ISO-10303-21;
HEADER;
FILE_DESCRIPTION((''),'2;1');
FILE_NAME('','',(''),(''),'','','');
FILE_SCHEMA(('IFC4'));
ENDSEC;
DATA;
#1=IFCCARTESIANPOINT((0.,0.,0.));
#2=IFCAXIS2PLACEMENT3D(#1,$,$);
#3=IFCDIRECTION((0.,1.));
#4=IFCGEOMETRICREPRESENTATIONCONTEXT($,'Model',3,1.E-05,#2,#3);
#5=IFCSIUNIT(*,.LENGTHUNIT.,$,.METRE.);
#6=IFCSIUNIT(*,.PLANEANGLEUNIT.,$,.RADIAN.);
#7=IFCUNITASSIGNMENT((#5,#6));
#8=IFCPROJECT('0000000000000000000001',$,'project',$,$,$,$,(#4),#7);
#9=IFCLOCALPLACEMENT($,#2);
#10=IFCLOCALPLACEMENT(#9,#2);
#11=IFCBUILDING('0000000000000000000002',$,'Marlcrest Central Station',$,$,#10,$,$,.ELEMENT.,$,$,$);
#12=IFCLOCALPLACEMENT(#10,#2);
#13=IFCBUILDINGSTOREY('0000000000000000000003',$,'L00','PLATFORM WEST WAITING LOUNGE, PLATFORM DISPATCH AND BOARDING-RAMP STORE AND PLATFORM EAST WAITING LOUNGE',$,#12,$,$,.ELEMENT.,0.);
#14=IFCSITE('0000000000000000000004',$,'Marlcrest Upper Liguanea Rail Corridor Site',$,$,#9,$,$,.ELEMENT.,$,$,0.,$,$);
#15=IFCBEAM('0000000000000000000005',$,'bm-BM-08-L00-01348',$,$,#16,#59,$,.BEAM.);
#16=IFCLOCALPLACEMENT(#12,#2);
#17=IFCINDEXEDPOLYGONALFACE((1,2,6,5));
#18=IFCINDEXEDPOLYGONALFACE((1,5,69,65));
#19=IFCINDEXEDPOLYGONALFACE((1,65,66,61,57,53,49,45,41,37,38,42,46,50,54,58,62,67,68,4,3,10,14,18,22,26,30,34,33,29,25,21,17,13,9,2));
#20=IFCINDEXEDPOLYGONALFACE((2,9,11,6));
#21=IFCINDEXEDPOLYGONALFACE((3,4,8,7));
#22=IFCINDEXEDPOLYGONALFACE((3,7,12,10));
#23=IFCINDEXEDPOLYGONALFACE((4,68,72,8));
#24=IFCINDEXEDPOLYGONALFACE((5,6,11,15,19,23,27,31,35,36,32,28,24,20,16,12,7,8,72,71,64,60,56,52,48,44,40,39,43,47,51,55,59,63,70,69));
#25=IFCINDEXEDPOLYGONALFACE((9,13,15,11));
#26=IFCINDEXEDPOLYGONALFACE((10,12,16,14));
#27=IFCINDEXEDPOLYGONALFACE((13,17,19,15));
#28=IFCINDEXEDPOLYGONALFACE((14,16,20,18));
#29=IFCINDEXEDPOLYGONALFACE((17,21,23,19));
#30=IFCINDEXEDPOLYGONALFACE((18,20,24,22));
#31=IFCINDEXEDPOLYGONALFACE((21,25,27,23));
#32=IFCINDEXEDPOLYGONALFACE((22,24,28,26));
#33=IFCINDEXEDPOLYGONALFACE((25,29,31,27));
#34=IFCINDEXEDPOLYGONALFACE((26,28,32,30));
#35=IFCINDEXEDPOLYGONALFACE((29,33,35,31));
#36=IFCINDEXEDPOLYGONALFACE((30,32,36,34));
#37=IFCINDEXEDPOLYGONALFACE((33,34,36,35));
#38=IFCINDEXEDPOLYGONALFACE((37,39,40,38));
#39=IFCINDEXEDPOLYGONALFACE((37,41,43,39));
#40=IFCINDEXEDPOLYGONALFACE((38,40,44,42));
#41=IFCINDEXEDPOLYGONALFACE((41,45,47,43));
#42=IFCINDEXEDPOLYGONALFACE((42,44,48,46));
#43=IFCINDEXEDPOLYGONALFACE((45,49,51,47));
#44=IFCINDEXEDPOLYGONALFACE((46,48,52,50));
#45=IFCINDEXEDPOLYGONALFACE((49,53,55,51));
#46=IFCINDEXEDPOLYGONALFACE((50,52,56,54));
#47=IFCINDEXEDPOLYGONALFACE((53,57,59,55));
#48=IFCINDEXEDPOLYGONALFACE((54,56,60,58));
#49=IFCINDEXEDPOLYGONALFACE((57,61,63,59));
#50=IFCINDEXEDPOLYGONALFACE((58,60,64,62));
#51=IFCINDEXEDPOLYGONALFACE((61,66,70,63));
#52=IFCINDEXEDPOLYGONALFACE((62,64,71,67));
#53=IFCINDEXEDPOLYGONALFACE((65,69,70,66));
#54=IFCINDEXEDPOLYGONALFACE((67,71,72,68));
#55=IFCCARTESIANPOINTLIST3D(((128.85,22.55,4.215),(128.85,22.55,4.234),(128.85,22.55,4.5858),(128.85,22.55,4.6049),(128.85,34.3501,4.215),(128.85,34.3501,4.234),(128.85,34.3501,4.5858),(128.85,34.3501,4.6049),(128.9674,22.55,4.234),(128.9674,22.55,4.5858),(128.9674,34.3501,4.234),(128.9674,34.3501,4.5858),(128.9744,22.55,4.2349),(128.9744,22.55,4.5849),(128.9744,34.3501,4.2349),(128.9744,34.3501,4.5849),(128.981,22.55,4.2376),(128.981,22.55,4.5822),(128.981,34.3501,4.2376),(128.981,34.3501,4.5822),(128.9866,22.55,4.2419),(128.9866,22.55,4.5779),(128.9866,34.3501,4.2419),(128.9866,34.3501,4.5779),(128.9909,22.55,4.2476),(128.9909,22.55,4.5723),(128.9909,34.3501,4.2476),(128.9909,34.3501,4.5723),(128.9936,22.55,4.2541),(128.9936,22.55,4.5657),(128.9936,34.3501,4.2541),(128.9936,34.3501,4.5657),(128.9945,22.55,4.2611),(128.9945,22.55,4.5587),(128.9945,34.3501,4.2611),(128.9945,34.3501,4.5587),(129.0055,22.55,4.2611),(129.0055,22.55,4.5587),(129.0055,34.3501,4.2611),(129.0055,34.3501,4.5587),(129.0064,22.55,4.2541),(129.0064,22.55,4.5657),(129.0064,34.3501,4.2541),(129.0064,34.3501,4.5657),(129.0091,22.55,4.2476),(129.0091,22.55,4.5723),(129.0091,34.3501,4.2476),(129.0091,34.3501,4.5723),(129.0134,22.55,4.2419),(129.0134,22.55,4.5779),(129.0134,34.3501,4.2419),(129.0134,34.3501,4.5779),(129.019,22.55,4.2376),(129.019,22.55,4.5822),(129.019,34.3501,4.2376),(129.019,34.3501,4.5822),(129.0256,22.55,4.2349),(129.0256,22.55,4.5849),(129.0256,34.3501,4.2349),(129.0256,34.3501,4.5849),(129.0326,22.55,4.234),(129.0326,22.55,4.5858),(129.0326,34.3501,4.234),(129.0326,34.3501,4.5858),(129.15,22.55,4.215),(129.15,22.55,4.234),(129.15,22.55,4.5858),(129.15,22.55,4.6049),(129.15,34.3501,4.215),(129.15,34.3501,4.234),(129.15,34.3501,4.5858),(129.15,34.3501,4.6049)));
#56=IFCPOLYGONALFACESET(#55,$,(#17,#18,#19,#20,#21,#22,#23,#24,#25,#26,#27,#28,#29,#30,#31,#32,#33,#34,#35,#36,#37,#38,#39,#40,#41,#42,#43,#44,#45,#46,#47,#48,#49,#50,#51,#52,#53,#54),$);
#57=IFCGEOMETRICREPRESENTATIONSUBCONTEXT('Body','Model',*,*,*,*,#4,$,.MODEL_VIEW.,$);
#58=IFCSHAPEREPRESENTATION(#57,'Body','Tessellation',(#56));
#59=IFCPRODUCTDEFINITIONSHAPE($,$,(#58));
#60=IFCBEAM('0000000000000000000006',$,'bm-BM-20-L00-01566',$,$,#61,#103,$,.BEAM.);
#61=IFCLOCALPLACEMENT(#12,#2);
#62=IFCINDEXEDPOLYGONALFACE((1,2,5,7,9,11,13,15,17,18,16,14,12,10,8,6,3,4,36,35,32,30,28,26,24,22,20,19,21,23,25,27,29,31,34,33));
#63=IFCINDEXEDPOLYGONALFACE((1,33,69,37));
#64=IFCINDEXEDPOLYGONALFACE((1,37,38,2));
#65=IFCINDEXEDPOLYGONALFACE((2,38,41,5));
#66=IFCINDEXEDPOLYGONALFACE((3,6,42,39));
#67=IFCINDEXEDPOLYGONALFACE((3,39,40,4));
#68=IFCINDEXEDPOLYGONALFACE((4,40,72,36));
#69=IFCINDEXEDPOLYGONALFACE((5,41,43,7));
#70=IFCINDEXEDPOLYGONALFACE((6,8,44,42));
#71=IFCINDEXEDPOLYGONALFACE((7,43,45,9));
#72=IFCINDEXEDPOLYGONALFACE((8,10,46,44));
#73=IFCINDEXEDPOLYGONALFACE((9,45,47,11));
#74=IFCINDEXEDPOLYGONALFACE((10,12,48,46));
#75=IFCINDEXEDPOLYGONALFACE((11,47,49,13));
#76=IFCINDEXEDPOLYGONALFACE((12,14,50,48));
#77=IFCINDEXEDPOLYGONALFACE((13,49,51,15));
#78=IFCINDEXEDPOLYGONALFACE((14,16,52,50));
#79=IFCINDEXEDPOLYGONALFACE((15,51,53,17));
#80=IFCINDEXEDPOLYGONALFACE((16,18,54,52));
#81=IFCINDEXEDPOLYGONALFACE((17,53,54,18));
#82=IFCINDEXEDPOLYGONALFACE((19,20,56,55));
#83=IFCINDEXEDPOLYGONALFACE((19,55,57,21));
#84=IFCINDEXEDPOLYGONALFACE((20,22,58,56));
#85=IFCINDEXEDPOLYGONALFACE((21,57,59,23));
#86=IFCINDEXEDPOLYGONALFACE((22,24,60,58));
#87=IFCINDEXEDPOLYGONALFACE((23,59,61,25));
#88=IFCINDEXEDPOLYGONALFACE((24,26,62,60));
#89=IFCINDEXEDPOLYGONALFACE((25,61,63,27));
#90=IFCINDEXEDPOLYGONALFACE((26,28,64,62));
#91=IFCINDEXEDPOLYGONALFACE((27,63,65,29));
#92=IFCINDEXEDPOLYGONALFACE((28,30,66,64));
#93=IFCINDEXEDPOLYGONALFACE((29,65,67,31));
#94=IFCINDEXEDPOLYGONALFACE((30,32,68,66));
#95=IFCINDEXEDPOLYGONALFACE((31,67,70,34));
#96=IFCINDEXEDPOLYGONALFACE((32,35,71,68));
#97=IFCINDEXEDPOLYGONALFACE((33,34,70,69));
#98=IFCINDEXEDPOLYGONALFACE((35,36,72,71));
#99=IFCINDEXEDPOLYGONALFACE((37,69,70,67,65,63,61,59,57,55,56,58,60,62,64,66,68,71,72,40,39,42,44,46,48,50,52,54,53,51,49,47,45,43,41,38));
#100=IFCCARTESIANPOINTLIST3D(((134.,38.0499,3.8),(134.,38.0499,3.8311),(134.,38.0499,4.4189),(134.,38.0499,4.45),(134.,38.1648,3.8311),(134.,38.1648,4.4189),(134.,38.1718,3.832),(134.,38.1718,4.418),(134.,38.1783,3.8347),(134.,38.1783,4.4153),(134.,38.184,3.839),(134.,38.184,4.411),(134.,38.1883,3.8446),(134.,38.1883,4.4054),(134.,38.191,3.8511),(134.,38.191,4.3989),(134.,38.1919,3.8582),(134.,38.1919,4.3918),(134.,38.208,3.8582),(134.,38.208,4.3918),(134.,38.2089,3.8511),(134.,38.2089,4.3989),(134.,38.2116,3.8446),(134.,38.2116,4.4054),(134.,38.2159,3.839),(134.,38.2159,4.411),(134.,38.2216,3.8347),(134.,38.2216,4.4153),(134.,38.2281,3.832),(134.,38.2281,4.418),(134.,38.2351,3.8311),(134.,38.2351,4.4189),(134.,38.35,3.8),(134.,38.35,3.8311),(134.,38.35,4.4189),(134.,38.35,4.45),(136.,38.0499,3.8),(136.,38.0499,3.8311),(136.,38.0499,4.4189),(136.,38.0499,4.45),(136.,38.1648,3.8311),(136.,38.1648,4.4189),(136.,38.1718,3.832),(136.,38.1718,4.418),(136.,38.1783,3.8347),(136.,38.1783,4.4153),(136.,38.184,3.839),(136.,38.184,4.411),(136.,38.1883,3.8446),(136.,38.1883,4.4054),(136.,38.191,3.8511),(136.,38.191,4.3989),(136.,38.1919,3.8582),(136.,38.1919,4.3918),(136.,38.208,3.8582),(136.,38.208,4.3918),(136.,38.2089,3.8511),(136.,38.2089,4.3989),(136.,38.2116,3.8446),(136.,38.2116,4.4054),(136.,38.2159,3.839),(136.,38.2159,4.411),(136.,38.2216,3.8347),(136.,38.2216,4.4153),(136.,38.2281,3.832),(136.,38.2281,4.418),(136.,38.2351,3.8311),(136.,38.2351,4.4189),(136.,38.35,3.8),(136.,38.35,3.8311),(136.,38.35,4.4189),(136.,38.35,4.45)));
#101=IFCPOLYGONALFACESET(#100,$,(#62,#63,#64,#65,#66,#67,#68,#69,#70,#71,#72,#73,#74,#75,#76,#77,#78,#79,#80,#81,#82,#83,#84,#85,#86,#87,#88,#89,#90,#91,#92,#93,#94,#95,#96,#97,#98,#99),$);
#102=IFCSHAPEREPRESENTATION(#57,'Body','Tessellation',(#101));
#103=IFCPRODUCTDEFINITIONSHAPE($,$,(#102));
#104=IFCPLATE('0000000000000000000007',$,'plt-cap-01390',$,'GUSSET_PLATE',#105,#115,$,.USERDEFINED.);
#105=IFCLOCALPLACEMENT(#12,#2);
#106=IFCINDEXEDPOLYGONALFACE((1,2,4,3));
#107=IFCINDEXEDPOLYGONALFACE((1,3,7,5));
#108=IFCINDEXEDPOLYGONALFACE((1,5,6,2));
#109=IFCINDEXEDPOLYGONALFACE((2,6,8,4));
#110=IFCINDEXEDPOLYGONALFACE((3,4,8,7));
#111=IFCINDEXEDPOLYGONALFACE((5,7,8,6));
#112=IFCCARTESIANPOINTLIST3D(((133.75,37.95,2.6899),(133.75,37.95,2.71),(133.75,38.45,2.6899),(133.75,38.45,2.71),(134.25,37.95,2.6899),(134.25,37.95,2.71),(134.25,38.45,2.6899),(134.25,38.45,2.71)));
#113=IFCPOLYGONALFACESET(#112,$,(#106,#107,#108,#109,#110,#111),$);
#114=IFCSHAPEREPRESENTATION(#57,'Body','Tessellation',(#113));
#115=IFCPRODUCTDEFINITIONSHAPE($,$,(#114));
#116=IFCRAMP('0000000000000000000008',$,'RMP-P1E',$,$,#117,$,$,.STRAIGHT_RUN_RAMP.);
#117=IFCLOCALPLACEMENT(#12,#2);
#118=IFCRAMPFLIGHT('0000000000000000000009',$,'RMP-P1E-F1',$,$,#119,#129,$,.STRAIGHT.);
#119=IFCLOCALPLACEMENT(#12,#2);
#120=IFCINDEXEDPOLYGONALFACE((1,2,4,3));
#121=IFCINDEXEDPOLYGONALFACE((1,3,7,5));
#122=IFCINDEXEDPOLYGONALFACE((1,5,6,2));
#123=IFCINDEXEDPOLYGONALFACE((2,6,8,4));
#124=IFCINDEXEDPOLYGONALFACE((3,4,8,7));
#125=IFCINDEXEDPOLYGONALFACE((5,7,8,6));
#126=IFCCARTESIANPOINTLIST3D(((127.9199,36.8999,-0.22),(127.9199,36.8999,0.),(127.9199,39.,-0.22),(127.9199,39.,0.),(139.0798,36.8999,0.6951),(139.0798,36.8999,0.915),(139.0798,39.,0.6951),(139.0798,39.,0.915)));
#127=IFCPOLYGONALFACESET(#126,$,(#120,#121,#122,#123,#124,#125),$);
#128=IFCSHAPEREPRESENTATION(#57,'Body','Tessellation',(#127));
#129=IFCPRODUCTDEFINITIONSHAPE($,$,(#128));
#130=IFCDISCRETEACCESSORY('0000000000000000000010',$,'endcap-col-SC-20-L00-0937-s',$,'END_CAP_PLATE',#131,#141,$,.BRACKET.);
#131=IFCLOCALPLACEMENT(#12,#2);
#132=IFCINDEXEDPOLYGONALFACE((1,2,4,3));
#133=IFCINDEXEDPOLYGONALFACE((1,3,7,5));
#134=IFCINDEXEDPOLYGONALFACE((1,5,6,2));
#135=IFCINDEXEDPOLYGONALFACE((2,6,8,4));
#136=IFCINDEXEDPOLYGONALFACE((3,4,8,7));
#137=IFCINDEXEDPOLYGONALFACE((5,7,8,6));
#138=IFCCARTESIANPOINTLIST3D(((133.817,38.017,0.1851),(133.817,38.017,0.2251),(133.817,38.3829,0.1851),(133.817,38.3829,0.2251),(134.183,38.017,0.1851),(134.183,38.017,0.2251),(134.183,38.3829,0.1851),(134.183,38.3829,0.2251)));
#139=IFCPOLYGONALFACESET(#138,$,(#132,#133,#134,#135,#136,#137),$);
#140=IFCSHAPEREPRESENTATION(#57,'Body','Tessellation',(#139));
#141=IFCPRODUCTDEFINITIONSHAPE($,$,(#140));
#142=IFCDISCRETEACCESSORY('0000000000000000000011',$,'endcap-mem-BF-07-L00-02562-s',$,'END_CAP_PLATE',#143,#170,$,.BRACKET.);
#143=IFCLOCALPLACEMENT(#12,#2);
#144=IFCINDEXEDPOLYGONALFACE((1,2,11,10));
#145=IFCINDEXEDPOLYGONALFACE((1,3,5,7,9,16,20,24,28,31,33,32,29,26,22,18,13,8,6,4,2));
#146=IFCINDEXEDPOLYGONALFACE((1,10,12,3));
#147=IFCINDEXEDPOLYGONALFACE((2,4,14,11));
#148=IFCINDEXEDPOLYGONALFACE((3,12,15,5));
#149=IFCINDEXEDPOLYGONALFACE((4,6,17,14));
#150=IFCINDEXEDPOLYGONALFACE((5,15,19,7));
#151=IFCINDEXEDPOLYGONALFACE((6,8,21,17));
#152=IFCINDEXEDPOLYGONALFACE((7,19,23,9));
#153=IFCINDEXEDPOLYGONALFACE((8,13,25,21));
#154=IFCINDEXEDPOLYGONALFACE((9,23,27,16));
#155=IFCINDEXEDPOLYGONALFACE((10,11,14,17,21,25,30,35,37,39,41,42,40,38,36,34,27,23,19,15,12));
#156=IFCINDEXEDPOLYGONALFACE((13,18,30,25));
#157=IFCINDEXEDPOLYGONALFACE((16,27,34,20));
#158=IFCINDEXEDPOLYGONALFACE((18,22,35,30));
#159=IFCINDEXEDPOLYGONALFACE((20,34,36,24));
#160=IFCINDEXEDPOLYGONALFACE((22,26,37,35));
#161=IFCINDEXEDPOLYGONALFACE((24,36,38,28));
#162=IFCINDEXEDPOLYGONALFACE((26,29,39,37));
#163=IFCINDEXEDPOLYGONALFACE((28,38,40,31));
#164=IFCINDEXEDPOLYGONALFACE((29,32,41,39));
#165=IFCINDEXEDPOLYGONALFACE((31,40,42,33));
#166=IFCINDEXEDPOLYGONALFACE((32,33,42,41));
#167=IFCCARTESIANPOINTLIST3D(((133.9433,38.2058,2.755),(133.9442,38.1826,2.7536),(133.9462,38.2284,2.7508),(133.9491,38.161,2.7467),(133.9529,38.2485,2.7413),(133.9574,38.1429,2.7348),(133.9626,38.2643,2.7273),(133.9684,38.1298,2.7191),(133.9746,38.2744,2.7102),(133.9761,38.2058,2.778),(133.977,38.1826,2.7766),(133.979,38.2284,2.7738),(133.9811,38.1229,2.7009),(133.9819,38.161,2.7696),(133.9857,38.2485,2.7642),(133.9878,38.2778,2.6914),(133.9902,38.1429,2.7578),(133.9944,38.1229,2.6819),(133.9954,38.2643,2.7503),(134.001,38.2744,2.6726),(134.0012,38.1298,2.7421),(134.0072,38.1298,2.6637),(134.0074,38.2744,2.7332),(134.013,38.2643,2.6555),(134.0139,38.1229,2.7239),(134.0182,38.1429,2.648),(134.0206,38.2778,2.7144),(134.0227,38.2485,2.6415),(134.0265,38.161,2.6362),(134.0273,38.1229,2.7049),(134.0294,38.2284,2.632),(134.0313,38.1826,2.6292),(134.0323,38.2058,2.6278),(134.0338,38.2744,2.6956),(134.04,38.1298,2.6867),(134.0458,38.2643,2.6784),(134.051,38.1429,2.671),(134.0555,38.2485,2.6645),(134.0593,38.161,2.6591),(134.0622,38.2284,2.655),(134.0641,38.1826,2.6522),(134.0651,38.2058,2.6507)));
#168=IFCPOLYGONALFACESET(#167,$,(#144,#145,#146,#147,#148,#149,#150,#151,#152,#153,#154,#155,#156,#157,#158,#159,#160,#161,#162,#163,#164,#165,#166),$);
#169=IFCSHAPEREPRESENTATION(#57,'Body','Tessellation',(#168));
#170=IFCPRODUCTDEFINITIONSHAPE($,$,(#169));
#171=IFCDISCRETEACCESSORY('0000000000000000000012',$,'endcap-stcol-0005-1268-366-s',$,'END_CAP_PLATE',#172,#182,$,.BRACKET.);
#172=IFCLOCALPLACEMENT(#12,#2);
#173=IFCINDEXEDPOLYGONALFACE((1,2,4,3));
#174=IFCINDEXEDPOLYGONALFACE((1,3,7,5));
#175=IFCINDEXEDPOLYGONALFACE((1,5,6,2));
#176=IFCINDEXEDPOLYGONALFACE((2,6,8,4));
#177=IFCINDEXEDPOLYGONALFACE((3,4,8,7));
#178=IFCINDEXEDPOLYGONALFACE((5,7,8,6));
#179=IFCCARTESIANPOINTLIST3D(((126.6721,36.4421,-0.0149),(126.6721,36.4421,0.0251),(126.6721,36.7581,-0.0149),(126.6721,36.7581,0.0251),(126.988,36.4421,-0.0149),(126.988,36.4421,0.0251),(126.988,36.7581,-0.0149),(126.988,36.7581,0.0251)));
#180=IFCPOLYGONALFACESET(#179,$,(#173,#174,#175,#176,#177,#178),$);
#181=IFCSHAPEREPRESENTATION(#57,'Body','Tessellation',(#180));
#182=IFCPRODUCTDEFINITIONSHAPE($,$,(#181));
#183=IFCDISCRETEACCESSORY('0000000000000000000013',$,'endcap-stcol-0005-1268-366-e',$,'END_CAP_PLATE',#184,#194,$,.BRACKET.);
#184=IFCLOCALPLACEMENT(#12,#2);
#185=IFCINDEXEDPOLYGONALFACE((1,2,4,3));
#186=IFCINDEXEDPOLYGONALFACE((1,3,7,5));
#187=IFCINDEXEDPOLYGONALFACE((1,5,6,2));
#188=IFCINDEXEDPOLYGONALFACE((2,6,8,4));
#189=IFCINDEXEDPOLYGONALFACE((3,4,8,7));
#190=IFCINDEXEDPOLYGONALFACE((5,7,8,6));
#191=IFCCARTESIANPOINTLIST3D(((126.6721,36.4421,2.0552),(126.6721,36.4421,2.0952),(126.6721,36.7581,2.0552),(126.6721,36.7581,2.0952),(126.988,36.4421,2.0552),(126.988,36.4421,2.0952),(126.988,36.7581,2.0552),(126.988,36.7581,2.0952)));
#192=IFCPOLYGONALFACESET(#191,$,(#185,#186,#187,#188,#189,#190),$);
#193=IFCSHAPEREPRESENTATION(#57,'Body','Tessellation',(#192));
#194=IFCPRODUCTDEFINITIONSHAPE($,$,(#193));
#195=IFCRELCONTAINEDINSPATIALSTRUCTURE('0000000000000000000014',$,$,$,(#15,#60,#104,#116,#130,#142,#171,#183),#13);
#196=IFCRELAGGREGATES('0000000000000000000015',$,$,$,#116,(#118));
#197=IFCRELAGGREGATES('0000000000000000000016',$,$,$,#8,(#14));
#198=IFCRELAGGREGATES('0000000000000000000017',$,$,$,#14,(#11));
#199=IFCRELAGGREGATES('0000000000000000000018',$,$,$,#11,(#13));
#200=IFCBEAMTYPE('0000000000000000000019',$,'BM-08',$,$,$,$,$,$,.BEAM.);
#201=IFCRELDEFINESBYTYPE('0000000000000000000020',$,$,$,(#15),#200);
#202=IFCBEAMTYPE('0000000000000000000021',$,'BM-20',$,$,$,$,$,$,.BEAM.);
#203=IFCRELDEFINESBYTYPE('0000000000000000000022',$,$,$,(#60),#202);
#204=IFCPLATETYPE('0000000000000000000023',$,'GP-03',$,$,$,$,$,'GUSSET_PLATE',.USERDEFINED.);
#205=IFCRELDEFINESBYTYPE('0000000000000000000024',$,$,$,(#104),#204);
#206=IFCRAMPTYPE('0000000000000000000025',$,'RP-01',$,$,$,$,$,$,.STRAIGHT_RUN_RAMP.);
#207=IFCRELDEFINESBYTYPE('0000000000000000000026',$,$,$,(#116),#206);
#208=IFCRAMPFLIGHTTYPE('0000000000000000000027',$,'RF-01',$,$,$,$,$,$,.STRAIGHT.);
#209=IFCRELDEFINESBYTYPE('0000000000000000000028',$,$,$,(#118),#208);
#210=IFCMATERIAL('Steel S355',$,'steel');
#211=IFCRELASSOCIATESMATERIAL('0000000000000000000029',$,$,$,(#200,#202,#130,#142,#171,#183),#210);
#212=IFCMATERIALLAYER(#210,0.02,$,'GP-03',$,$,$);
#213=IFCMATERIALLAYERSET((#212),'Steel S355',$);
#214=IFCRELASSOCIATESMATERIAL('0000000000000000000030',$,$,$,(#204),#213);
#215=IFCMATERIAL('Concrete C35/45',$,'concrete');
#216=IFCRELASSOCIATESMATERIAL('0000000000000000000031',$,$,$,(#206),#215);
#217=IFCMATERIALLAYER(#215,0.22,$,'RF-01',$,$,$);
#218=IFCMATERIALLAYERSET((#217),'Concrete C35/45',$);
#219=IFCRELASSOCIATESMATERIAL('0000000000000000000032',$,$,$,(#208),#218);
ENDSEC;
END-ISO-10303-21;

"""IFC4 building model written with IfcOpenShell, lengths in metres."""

from ifc_helpers import new_model, si_unit, direction, frame, origin, origin_2d, place, context, subcontext, project, spatial, polyline, rectangle, circle, i_section, outline, extrude, material, layer, layer_set, material_profile, profile_set, type_object, element, aggregate, save


model = new_model("IFC4")

# Units and contexts
model_context = context("Model", 3, precision=1e-05, world=origin(), true_north=direction((0.0, 1.0)))
body_context = subcontext(model_context, "Body", "Model", "MODEL_VIEW")
ifc_project = project(units=[si_unit("LENGTHUNIT", "METRE"), si_unit("PLANEANGLEUNIT", "RADIAN")], contexts=[model_context])

# Site, building, storey
site_placement = place(None, origin())
site = spatial("IfcSite", under=ifc_project, at=site_placement, Name="Marlcrest Upper Liguanea Rail Corridor Site", CompositionType="ELEMENT", RefElevation=0.0)
building_placement = place(site_placement, origin())
building = spatial("IfcBuilding", under=site, at=building_placement, Name="Marlcrest Central Station", CompositionType="ELEMENT")
storey_placement = place(building_placement, origin())
storey = spatial("IfcBuildingStorey", under=building, at=storey_placement, Name="L00", Description="PLATFORM WEST WAITING LOUNGE, PLATFORM DISPATCH AND BOARDING-RAMP STORE AND PLATFORM EAST WAITING LOUNGE", CompositionType="ELEMENT", Elevation=0.0)

# Shared definitions
ifc_material_1 = material(Name="Concrete C35/45", Category="concrete")

# Shared definitions
ifc_material_2 = material(Name="Steel S355", Category="steel")

# Beams
ifc_material_profile_1 = material_profile(ifc_material_2, i_section(OverallWidth=0.3, OverallDepth=0.3899, WebThickness=0.011, FlangeThickness=0.019, FilletRadius=0.0271, at=origin_2d()), Name="HEA 400")
ifc_profile_set_1 = profile_set([ifc_material_profile_1], Name="Steel S355")
beam_type_1 = type_object("IfcBeamType", Name="BM-08", PredefinedType="BEAM", material=ifc_profile_set_1)
beam_1_placement = place(storey_placement, frame((129.0, 22.55, 4.4099), z_axis=(0.0, 1.0, 0.0), x_axis=(-1.0, 0.0, 0.0)))
element("IfcBeam", 1, at=beam_1_placement, inside=storey, type_object=beam_type_1, Name="bm-BM-08-L00-01348", PredefinedType="BEAM", context=body_context, shape_type="SweptSolid", body=[
    extrude(i_section(OverallWidth=0.3, OverallDepth=0.3899, WebThickness=0.011, FlangeThickness=0.019, FilletRadius=0.0271, at=origin_2d()), origin(), (0.0, 0.0, 1.0), 11.8),
])
ifc_material_profile_2 = material_profile(ifc_material_2, i_section(OverallWidth=0.3, OverallDepth=0.6499, WebThickness=0.0161, FlangeThickness=0.031, FilletRadius=0.0271, at=origin_2d()), Name="HEB 650")
ifc_profile_set_2 = profile_set([ifc_material_profile_2], Name="Steel S355")
beam_type_2 = type_object("IfcBeamType", Name="BM-20", PredefinedType="BEAM", material=ifc_profile_set_2)
beam_2_placement = place(storey_placement, frame((134.0, 38.2, 4.125), z_axis=(1.0, 0.0, 0.0), x_axis=(0.0, 1.0, 0.0)))
element("IfcBeam", 2, at=beam_2_placement, inside=storey, type_object=beam_type_2, Name="bm-BM-20-L00-01566", PredefinedType="BEAM", context=body_context, shape_type="SweptSolid", body=[
    extrude(i_section(OverallWidth=0.3, OverallDepth=0.6499, WebThickness=0.0161, FlangeThickness=0.031, FilletRadius=0.0271, at=origin_2d()), origin(), (0.0, 0.0, 1.0), 2.0),
])

# Plate
ifc_layer_1 = layer(ifc_material_2, 0.02, Name="GP-03")
ifc_layer_set_1 = layer_set([ifc_layer_1], Name="Steel S355")
plate_type = type_object("IfcPlateType", Name="GP-03", ElementType="GUSSET_PLATE", PredefinedType="USERDEFINED", material=ifc_layer_set_1)
plate_placement = place(storey_placement, frame((134.0, 38.2, 2.6899), z_axis=(0.0, 0.0, 1.0), x_axis=(1.0, 0.0, 0.0)))
element("IfcPlate", 3, at=plate_placement, inside=storey, type_object=plate_type, Name="plt-cap-01390", ObjectType="GUSSET_PLATE", PredefinedType="USERDEFINED", context=body_context, shape_type="SweptSolid", body=[
    extrude(rectangle(XDim=0.5, YDim=0.5, at=origin_2d()), origin(), (0.0, 0.0, 1.0), 0.02),
])

# Ramp, ramp flight
ramp_type = type_object("IfcRampType", Name="RP-01", PredefinedType="STRAIGHT_RUN_RAMP", material=ifc_material_1)
ramp_placement = place(storey_placement, origin())
ramp = element("IfcRamp", 4, at=ramp_placement, inside=storey, type_object=ramp_type, Name="RMP-P1E", PredefinedType="STRAIGHT_RUN_RAMP")
ifc_layer_2 = layer(ifc_material_1, 0.22, Name="RF-01")
ifc_layer_set_2 = layer_set([ifc_layer_2], Name="Concrete C35/45")
ramp_flight_type = type_object("IfcRampFlightType", Name="RF-01", PredefinedType="STRAIGHT", material=ifc_layer_set_2)
ramp_flight_placement = place(storey_placement, frame((127.9199, 37.95, 0.0), z_axis=(0.0, 0.0, 1.0), x_axis=(1.0, 0.0, 0.0)))
ramp_flight = element("IfcRampFlight", 5, at=ramp_flight_placement, type_object=ramp_flight_type, Name="RMP-P1E-F1", PredefinedType="STRAIGHT", context=body_context, shape_type="SweptSolid", body=[
    extrude(outline(polyline([(0.0, -0.22), (0.0, 0.0), (11.1599, 0.915), (11.1599, 0.6951), (0.0, -0.22)])), frame((0.0, 1.05, 0.0), z_axis=(0.0, -1.0, 0.0), x_axis=(1.0, 0.0, 0.0)), (0.0, 0.0, 1.0), 2.1001),
])
aggregate(ramp, [ramp_flight])

# Discrete accessories
discrete_accessory_1_placement = place(storey_placement, frame((134.0, 38.2, 0.1851), z_axis=(0.0, 0.0, 1.0), x_axis=(1.0, 0.0, 0.0)))
element("IfcDiscreteAccessory", 6, at=discrete_accessory_1_placement, inside=storey, material=ifc_material_2, Name="endcap-col-SC-20-L00-0937-s", ObjectType="END_CAP_PLATE", PredefinedType="BRACKET", context=body_context, shape_type="SweptSolid", body=[
    extrude(rectangle(XDim=0.366, YDim=0.366, at=origin_2d()), origin(), (0.0, 0.0, 1.0), 0.04),
])
discrete_accessory_2_placement = place(storey_placement, frame((133.9878, 38.2, 2.6914), z_axis=(0.819204, 0.0, 0.573503), x_axis=(0.0, 1.0, 0.0)))
element("IfcDiscreteAccessory", 7, at=discrete_accessory_2_placement, inside=storey, material=ifc_material_2, Name="endcap-mem-BF-07-L00-02562-s", ObjectType="END_CAP_PLATE", PredefinedType="BRACKET", context=body_context, shape_type="SweptSolid", body=[
    extrude(circle(Radius=0.0779, at=origin_2d()), origin(), (0.0, 0.0, 1.0), 0.04),
])
for number, where, z_axis, x_axis, name in (
    (8, (126.8301, 36.6001, -0.0149), (0.0, 0.0, 1.0), (1.0, 0.0, 0.0), "endcap-stcol-0005-1268-366-s"),
    (9, (126.8301, 36.6001, 2.0552), (0.0, 0.0, 1.0), (1.0, 0.0, 0.0), "endcap-stcol-0005-1268-366-e"),
):
    element("IfcDiscreteAccessory", number, at=place(storey_placement, frame(where, z_axis=z_axis, x_axis=x_axis)), inside=storey, material=ifc_material_2, Name=name, ObjectType="END_CAP_PLATE", PredefinedType="BRACKET", context=body_context, shape_type="SweptSolid", body=[
        extrude(rectangle(XDim=0.3159, YDim=0.3159, at=origin_2d()), origin(), (0.0, 0.0, 1.0), 0.04),
    ])

save(model, "model.ifc")
